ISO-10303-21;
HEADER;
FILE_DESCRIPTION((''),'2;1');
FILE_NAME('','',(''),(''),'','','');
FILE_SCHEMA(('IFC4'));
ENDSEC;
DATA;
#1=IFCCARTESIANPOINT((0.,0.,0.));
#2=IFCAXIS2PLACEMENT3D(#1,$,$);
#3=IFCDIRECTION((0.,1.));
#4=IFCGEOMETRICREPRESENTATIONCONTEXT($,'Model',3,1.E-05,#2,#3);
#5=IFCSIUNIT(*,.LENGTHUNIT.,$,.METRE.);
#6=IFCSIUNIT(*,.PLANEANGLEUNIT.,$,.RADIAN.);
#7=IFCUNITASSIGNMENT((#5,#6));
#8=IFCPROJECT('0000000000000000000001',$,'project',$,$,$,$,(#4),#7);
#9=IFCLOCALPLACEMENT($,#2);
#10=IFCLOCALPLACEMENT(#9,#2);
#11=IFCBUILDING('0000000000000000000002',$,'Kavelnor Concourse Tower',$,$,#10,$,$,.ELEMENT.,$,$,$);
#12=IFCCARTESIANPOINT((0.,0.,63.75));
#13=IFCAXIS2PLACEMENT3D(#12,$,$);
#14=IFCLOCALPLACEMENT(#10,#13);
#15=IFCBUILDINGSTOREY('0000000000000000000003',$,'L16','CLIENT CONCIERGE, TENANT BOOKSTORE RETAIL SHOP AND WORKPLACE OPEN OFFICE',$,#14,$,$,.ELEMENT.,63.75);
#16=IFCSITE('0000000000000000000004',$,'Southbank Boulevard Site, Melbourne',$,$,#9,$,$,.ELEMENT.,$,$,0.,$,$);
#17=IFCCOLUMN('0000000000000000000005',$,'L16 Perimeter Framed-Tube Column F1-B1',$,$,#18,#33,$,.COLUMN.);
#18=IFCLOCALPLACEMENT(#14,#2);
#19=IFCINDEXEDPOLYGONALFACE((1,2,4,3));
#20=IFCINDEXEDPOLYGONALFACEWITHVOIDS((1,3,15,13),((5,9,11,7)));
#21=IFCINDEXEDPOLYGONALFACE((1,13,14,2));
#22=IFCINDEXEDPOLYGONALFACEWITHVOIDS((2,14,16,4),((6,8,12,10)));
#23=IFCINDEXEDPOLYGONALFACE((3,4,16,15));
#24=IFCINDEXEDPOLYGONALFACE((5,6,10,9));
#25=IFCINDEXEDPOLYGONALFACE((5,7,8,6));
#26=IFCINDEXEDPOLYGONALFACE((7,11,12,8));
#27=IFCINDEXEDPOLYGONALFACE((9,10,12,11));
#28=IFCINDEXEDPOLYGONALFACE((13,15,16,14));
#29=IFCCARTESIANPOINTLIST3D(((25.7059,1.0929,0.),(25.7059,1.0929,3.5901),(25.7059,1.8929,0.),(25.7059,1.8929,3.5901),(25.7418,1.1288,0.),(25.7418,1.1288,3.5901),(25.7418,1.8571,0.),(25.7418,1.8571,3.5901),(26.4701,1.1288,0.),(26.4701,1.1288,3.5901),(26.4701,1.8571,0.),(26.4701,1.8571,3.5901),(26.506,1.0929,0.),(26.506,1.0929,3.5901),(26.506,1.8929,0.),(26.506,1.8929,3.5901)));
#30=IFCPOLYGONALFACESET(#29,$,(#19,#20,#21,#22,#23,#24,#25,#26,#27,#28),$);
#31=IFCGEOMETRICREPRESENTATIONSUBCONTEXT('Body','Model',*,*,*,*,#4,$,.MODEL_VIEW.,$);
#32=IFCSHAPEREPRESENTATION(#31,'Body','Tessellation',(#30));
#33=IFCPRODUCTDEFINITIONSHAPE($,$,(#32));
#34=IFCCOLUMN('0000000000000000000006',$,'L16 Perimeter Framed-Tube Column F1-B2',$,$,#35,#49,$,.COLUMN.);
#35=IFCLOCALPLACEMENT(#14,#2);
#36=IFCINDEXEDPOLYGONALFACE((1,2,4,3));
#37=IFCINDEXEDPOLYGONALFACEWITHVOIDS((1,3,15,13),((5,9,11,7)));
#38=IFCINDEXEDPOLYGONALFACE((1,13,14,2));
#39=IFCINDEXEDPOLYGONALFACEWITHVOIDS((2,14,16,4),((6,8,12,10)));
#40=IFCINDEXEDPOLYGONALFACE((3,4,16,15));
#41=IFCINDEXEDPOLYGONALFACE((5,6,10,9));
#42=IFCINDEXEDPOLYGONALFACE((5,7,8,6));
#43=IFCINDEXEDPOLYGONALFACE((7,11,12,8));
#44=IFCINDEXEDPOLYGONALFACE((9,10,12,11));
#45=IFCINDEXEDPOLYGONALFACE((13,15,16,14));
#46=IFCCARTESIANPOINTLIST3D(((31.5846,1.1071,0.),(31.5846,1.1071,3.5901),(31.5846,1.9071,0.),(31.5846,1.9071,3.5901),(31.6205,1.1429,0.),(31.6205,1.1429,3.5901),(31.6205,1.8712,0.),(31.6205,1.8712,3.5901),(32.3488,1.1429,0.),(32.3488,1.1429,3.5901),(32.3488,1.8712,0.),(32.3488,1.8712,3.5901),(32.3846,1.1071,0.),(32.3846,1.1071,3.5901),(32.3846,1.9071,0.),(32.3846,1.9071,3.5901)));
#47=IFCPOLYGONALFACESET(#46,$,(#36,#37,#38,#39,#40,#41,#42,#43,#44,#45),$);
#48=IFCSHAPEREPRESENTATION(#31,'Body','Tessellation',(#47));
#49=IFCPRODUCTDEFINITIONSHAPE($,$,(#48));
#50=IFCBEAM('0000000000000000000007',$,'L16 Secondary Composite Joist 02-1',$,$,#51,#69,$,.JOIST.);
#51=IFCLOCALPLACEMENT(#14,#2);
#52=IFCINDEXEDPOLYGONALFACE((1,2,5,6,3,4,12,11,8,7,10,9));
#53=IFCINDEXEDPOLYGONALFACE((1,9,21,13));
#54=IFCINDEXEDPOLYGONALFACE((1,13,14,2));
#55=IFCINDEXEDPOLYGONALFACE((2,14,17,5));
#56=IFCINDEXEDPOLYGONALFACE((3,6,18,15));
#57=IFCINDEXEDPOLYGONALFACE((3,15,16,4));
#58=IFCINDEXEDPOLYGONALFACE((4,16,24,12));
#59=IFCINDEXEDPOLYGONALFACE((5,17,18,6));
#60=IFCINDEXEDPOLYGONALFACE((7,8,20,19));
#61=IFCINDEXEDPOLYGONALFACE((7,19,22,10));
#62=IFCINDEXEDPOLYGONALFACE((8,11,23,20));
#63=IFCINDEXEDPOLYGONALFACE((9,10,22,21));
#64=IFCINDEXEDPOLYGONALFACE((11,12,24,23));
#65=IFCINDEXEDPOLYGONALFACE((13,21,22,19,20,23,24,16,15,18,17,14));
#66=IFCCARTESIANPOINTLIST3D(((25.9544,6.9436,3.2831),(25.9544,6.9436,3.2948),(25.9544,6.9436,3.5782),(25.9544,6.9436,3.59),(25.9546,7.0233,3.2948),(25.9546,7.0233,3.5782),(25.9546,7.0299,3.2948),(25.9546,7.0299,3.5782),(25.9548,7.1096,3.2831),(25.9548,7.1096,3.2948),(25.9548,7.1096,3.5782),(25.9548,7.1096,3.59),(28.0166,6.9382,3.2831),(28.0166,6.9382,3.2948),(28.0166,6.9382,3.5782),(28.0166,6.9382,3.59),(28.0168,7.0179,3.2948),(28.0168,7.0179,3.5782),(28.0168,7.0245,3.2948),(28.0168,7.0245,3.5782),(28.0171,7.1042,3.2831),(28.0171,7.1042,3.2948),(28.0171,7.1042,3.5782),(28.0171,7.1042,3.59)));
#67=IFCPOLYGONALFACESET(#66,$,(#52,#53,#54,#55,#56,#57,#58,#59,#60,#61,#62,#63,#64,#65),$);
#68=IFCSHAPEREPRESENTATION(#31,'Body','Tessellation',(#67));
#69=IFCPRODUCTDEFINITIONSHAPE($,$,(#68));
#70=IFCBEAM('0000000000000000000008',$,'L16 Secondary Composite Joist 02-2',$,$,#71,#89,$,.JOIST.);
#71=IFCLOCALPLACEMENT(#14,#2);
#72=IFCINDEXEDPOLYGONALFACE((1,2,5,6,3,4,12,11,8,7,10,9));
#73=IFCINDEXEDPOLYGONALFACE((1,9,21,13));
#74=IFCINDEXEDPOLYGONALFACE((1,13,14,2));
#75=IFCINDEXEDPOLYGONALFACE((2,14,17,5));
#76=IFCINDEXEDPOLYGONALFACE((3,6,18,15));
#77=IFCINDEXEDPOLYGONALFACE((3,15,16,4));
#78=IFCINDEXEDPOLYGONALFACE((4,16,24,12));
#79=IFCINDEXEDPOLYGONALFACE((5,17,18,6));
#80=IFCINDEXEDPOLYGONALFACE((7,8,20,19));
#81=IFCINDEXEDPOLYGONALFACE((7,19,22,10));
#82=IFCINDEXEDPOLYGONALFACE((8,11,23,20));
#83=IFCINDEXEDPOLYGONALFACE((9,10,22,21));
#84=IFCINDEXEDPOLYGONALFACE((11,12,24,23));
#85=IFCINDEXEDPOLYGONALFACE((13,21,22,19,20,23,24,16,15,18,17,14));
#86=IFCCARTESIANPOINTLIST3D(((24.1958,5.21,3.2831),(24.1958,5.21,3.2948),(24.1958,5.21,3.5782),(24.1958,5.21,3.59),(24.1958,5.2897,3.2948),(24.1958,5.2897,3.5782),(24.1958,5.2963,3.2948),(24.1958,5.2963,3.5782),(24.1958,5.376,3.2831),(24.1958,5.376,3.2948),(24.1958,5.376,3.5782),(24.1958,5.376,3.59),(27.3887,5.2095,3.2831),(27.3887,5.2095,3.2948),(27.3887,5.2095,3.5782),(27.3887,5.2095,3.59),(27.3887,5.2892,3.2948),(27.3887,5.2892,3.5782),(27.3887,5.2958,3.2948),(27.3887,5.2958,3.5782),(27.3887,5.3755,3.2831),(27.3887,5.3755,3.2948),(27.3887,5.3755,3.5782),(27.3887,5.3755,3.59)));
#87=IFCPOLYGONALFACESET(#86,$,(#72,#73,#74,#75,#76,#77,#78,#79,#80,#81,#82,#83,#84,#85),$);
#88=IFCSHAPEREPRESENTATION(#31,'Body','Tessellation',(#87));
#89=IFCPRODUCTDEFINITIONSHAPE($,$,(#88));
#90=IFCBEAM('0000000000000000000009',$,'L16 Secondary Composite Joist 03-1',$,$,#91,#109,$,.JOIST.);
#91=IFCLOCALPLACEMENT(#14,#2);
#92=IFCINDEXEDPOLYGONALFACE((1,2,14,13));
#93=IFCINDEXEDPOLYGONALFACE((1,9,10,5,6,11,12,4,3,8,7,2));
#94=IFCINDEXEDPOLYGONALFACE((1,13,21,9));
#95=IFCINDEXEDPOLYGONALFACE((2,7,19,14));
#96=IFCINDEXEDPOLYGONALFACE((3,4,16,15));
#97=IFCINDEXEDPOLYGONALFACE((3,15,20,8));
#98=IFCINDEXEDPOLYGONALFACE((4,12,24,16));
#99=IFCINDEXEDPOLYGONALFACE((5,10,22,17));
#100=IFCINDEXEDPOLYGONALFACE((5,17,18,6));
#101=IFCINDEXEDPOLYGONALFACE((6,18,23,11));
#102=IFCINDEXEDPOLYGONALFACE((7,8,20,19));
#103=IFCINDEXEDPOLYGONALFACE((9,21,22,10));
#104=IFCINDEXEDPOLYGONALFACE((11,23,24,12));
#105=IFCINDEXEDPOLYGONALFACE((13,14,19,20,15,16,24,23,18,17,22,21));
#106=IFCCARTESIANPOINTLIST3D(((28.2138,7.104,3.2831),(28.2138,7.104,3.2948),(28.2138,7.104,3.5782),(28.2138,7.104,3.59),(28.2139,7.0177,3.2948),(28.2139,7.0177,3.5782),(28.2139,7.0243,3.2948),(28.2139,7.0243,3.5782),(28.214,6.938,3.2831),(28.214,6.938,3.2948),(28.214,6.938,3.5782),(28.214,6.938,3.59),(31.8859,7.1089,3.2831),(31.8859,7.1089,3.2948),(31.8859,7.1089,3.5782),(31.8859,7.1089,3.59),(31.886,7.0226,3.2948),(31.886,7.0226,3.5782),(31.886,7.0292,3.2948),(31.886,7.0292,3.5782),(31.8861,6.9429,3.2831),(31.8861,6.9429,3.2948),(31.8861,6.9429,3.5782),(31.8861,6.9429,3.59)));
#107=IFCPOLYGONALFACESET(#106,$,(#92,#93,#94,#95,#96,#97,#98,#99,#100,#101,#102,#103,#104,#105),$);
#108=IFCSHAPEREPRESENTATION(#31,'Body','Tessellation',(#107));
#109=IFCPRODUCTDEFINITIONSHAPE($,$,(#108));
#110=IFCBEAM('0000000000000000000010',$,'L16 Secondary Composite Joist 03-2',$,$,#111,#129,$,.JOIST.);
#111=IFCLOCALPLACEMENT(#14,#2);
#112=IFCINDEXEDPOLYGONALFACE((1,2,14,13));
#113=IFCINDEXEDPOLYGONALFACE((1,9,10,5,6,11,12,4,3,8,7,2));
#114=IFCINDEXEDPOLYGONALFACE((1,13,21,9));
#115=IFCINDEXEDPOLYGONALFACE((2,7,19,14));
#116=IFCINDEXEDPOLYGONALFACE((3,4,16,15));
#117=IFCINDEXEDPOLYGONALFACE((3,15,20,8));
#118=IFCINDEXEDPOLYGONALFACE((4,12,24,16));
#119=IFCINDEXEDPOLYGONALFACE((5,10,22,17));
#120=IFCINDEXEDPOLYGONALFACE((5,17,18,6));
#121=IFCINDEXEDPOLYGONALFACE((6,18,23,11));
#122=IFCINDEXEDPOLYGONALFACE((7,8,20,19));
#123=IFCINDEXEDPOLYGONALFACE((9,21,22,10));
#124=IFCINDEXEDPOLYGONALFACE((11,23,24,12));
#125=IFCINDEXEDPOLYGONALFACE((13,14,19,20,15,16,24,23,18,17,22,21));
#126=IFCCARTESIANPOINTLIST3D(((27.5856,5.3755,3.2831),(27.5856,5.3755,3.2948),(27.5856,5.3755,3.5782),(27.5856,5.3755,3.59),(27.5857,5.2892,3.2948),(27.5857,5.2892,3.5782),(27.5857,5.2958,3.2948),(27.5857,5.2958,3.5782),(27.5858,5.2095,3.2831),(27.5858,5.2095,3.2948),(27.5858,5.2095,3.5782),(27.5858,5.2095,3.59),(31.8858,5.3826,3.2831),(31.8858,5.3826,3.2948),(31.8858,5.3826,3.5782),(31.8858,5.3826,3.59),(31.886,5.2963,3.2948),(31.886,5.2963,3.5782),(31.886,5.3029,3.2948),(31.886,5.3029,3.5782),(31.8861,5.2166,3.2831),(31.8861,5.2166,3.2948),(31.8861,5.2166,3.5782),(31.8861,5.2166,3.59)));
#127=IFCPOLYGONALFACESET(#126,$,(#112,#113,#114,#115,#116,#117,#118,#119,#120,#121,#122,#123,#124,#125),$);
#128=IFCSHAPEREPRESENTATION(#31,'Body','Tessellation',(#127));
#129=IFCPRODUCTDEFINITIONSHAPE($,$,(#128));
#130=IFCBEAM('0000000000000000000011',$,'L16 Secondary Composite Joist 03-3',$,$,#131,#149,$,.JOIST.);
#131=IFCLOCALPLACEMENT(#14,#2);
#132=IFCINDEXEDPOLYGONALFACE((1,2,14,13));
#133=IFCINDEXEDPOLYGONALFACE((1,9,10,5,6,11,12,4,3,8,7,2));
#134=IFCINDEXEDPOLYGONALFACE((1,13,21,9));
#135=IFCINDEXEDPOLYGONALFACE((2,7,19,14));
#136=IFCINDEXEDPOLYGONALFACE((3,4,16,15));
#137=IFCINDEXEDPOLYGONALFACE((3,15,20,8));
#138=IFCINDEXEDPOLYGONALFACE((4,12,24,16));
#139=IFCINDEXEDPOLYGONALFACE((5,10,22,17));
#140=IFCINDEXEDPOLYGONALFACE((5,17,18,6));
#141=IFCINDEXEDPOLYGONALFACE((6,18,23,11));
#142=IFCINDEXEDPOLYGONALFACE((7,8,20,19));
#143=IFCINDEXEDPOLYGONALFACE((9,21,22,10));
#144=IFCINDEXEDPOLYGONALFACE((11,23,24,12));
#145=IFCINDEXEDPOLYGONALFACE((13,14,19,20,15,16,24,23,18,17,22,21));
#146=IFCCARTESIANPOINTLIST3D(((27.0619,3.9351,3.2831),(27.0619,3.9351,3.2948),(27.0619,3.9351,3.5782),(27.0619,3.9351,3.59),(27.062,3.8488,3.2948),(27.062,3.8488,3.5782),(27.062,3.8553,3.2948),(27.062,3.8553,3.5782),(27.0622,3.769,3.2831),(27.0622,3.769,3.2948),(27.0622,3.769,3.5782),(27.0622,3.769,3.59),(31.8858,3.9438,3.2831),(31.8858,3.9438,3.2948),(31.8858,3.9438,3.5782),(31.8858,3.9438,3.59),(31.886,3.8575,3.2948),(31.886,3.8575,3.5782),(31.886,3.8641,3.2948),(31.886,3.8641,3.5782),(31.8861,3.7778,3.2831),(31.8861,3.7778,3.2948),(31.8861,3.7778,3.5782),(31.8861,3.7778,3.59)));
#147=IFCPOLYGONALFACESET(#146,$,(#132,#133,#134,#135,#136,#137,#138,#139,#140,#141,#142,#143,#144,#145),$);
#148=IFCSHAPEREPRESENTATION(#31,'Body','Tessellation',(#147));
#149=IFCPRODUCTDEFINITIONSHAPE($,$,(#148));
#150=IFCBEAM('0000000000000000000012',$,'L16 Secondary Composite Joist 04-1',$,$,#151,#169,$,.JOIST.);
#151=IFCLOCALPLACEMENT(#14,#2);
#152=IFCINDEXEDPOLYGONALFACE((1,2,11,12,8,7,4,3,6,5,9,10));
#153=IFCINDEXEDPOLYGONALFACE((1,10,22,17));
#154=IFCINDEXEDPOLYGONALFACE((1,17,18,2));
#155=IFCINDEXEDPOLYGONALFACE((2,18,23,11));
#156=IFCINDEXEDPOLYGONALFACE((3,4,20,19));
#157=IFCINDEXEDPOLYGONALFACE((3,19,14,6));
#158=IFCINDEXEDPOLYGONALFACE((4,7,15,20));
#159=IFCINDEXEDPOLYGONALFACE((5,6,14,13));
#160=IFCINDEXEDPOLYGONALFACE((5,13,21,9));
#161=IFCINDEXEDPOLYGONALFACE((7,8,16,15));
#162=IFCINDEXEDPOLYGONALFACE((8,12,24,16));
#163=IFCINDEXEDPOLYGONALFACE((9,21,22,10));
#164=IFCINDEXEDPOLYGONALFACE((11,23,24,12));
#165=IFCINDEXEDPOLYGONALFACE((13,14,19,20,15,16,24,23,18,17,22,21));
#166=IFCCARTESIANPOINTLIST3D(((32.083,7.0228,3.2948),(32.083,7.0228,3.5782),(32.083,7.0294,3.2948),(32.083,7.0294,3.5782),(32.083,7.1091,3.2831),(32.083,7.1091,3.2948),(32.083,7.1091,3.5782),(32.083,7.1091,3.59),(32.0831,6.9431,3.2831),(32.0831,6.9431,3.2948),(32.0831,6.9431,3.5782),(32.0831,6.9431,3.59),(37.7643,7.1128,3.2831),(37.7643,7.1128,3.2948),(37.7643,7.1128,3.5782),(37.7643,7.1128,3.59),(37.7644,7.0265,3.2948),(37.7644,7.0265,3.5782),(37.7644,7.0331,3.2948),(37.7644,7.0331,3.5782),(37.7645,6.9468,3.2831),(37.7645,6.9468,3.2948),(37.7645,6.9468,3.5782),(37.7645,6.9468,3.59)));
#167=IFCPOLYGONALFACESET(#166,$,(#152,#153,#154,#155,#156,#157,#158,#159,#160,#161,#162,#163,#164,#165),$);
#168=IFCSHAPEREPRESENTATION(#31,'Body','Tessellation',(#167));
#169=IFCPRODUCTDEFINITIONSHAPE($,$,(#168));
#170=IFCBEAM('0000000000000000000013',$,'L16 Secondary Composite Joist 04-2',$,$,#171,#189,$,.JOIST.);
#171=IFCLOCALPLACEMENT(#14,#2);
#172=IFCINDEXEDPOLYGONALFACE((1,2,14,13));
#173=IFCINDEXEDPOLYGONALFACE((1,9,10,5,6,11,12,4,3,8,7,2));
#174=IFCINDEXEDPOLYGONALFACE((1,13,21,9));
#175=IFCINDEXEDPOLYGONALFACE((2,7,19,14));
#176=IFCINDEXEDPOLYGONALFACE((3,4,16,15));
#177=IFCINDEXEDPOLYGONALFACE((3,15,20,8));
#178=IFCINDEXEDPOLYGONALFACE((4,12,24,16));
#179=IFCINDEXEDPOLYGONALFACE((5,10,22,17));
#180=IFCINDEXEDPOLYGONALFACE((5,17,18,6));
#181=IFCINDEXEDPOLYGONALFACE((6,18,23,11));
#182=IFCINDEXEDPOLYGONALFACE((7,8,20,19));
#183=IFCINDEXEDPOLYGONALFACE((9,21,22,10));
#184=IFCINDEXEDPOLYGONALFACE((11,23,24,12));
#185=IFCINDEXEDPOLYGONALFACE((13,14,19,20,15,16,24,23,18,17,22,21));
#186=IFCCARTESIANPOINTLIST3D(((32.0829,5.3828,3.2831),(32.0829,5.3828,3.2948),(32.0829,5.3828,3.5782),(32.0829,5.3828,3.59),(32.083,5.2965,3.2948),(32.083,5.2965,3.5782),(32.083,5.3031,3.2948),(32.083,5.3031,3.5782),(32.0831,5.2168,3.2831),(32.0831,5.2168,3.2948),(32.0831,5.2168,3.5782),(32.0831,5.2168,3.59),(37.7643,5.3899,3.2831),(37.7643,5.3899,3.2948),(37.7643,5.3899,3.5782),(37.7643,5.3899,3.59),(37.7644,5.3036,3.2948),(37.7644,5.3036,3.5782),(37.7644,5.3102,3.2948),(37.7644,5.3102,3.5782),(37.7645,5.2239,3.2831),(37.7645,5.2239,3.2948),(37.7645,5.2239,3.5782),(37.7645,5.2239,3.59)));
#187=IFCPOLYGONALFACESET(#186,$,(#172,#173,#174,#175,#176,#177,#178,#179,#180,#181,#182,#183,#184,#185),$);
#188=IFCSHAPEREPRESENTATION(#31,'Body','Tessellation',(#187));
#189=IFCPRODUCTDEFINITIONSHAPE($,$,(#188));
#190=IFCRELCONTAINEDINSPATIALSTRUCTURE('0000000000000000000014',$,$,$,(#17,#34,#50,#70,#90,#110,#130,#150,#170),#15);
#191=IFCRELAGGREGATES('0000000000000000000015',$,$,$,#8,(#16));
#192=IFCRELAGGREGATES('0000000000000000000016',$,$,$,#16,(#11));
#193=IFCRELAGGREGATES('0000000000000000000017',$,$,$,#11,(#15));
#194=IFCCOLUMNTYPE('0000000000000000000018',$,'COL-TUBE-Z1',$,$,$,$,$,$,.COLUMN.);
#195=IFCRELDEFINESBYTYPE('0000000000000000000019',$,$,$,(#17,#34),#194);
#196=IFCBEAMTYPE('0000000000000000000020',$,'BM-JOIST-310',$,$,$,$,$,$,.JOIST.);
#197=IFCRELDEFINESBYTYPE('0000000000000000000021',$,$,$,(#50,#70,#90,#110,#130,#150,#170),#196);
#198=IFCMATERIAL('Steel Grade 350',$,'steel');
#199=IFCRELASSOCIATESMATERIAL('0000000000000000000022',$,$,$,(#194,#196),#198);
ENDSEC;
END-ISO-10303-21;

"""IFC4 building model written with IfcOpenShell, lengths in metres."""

from ifc_helpers import new_model, si_unit, direction, frame, origin, origin_2d, place, context, subcontext, project, spatial, hollow_rectangle, i_section, extrude, material, material_profile, profile_set, type_object, element, save


model = new_model("IFC4")

# Units and contexts
model_context = context("Model", 3, precision=1e-05, world=origin(), true_north=direction((0.0, 1.0)))
body_context = subcontext(model_context, "Body", "Model", "MODEL_VIEW")
ifc_project = project(units=[si_unit("LENGTHUNIT", "METRE"), si_unit("PLANEANGLEUNIT", "RADIAN")], contexts=[model_context])

# Site, building, storey
site_placement = place(None, origin())
site = spatial("IfcSite", under=ifc_project, at=site_placement, Name="Southbank Boulevard Site, Melbourne", CompositionType="ELEMENT", RefElevation=0.0)
building_placement = place(site_placement, origin())
building = spatial("IfcBuilding", under=site, at=building_placement, Name="Kavelnor Concourse Tower", CompositionType="ELEMENT")
storey_placement = place(building_placement, frame((0.0, 0.0, 63.75)))
storey = spatial("IfcBuildingStorey", under=building, at=storey_placement, Name="L16", Description="CLIENT CONCIERGE, TENANT BOOKSTORE RETAIL SHOP AND WORKPLACE OPEN OFFICE", CompositionType="ELEMENT", Elevation=63.75)

# Columns
ifc_material_1 = material(Name="Steel Grade 350", Category="steel")
ifc_material_profile_1 = material_profile(ifc_material_1, hollow_rectangle(XDim=0.8, YDim=0.8, WallThickness=0.0359, at=origin_2d()), Name="SHS 800x800x36")
ifc_profile_set_1 = profile_set([ifc_material_profile_1], Name="Steel Grade 350")
column_type = type_object("IfcColumnType", Name="COL-TUBE-Z1", PredefinedType="COLUMN", material=ifc_profile_set_1)
for number, where, z_axis, x_axis, name in (
    (1, (26.106, 1.4929, 0.0), (0.0, 0.0, 1.0), (1.0, 0.0, 0.0), "L16 Perimeter Framed-Tube Column F1-B1"),
    (2, (31.9846, 1.5071, 0.0), (0.0, 0.0, 1.0), (1.0, 0.0, 0.0), "L16 Perimeter Framed-Tube Column F1-B2"),
):
    element("IfcColumn", number, at=place(storey_placement, frame(where, z_axis=z_axis, x_axis=x_axis)), inside=storey, type_object=column_type, Name=name, PredefinedType="COLUMN", context=body_context, shape_type="SweptSolid", body=[
        extrude(hollow_rectangle(XDim=0.8, YDim=0.8, WallThickness=0.0359, at=origin_2d()), origin(), (0.0, 0.0, 1.0), 3.5901),
    ])

# Beams
ifc_material_profile_2 = material_profile(ifc_material_1, i_section(OverallWidth=0.166, OverallDepth=0.3069, WebThickness=0.0066, FlangeThickness=0.0117, at=origin_2d()), Name="310UB46")
ifc_profile_set_2 = profile_set([ifc_material_profile_2], Name="Steel Grade 350")
beam_type_1 = type_object("IfcBeamType", Name="BM-JOIST-310", PredefinedType="JOIST", material=ifc_profile_set_2)
beam_1_placement = place(storey_placement, frame((25.9546, 7.0266, 3.4365), z_axis=(0.999997, -0.002604, 0.0), x_axis=(0.002604, 0.999997, 0.0)))
element("IfcBeam", 3, at=beam_1_placement, inside=storey, type_object=beam_type_1, Name="L16 Secondary Composite Joist 02-1", PredefinedType="JOIST", context=body_context, shape_type="SweptSolid", body=[
    extrude(i_section(OverallWidth=0.166, OverallDepth=0.3069, WebThickness=0.0066, FlangeThickness=0.0117, at=origin_2d()), origin(), (0.0, 0.0, 1.0), 2.0623),
])
beam_2_placement = place(storey_placement, frame((24.1958, 5.293, 3.4365), z_axis=(1.0, -0.000153, 0.0), x_axis=(0.000153, 1.0, 0.0)))
element("IfcBeam", 4, at=beam_2_placement, inside=storey, type_object=beam_type_1, Name="L16 Secondary Composite Joist 02-2", PredefinedType="JOIST", context=body_context, shape_type="SweptSolid", body=[
    extrude(i_section(OverallWidth=0.166, OverallDepth=0.3069, WebThickness=0.0066, FlangeThickness=0.0117, at=origin_2d()), origin(), (0.0, 0.0, 1.0), 3.1929),
])
beam_3_placement = place(storey_placement, frame((28.2139, 7.021, 3.4365), z_axis=(0.999999, 0.00133, 0.0), x_axis=(-0.00133, 0.999999, 0.0)))
element("IfcBeam", 5, at=beam_3_placement, inside=storey, type_object=beam_type_1, Name="L16 Secondary Composite Joist 03-1", PredefinedType="JOIST", context=body_context, shape_type="SweptSolid", body=[
    extrude(i_section(OverallWidth=0.166, OverallDepth=0.3069, WebThickness=0.0066, FlangeThickness=0.0117, at=origin_2d()), origin(), (0.0, 0.0, 1.0), 3.6721),
])
beam_4_placement = place(storey_placement, frame((27.5857, 5.2925, 3.4365), z_axis=(0.999999, 0.001646, 0.0), x_axis=(-0.001646, 0.999999, 0.0)))
element("IfcBeam", 6, at=beam_4_placement, inside=storey, type_object=beam_type_1, Name="L16 Secondary Composite Joist 03-2", PredefinedType="JOIST", context=body_context, shape_type="SweptSolid", body=[
    extrude(i_section(OverallWidth=0.166, OverallDepth=0.3069, WebThickness=0.0066, FlangeThickness=0.0117, at=origin_2d()), origin(), (0.0, 0.0, 1.0), 4.3003),
])
beam_5_placement = place(storey_placement, frame((27.062, 3.8521, 3.4365), z_axis=(0.999998, 0.001822, 0.0), x_axis=(-0.001822, 0.999998, 0.0)))
element("IfcBeam", 7, at=beam_5_placement, inside=storey, type_object=beam_type_1, Name="L16 Secondary Composite Joist 03-3", PredefinedType="JOIST", context=body_context, shape_type="SweptSolid", body=[
    extrude(i_section(OverallWidth=0.166, OverallDepth=0.3069, WebThickness=0.0066, FlangeThickness=0.0117, at=origin_2d()), origin(), (0.0, 0.0, 1.0), 4.824),
])
for number, where, z_axis, x_axis, name in (
    (8, (32.083, 7.0261, 3.4365), (1.0, 0.000645, 0.0), (-0.000645, 1.0, 0.0), "L16 Secondary Composite Joist 04-1"),
    (9, (32.083, 5.2998, 3.4365), (0.999999, 0.001246, 0.0), (-0.001246, 0.999999, 0.0), "L16 Secondary Composite Joist 04-2"),
):
    element("IfcBeam", number, at=place(storey_placement, frame(where, z_axis=z_axis, x_axis=x_axis)), inside=storey, type_object=beam_type_1, Name=name, PredefinedType="JOIST", context=body_context, shape_type="SweptSolid", body=[
        extrude(i_section(OverallWidth=0.166, OverallDepth=0.3069, WebThickness=0.0066, FlangeThickness=0.0117, at=origin_2d()), origin(), (0.0, 0.0, 1.0), 5.6814),
    ])

save(model, "model.ifc")
